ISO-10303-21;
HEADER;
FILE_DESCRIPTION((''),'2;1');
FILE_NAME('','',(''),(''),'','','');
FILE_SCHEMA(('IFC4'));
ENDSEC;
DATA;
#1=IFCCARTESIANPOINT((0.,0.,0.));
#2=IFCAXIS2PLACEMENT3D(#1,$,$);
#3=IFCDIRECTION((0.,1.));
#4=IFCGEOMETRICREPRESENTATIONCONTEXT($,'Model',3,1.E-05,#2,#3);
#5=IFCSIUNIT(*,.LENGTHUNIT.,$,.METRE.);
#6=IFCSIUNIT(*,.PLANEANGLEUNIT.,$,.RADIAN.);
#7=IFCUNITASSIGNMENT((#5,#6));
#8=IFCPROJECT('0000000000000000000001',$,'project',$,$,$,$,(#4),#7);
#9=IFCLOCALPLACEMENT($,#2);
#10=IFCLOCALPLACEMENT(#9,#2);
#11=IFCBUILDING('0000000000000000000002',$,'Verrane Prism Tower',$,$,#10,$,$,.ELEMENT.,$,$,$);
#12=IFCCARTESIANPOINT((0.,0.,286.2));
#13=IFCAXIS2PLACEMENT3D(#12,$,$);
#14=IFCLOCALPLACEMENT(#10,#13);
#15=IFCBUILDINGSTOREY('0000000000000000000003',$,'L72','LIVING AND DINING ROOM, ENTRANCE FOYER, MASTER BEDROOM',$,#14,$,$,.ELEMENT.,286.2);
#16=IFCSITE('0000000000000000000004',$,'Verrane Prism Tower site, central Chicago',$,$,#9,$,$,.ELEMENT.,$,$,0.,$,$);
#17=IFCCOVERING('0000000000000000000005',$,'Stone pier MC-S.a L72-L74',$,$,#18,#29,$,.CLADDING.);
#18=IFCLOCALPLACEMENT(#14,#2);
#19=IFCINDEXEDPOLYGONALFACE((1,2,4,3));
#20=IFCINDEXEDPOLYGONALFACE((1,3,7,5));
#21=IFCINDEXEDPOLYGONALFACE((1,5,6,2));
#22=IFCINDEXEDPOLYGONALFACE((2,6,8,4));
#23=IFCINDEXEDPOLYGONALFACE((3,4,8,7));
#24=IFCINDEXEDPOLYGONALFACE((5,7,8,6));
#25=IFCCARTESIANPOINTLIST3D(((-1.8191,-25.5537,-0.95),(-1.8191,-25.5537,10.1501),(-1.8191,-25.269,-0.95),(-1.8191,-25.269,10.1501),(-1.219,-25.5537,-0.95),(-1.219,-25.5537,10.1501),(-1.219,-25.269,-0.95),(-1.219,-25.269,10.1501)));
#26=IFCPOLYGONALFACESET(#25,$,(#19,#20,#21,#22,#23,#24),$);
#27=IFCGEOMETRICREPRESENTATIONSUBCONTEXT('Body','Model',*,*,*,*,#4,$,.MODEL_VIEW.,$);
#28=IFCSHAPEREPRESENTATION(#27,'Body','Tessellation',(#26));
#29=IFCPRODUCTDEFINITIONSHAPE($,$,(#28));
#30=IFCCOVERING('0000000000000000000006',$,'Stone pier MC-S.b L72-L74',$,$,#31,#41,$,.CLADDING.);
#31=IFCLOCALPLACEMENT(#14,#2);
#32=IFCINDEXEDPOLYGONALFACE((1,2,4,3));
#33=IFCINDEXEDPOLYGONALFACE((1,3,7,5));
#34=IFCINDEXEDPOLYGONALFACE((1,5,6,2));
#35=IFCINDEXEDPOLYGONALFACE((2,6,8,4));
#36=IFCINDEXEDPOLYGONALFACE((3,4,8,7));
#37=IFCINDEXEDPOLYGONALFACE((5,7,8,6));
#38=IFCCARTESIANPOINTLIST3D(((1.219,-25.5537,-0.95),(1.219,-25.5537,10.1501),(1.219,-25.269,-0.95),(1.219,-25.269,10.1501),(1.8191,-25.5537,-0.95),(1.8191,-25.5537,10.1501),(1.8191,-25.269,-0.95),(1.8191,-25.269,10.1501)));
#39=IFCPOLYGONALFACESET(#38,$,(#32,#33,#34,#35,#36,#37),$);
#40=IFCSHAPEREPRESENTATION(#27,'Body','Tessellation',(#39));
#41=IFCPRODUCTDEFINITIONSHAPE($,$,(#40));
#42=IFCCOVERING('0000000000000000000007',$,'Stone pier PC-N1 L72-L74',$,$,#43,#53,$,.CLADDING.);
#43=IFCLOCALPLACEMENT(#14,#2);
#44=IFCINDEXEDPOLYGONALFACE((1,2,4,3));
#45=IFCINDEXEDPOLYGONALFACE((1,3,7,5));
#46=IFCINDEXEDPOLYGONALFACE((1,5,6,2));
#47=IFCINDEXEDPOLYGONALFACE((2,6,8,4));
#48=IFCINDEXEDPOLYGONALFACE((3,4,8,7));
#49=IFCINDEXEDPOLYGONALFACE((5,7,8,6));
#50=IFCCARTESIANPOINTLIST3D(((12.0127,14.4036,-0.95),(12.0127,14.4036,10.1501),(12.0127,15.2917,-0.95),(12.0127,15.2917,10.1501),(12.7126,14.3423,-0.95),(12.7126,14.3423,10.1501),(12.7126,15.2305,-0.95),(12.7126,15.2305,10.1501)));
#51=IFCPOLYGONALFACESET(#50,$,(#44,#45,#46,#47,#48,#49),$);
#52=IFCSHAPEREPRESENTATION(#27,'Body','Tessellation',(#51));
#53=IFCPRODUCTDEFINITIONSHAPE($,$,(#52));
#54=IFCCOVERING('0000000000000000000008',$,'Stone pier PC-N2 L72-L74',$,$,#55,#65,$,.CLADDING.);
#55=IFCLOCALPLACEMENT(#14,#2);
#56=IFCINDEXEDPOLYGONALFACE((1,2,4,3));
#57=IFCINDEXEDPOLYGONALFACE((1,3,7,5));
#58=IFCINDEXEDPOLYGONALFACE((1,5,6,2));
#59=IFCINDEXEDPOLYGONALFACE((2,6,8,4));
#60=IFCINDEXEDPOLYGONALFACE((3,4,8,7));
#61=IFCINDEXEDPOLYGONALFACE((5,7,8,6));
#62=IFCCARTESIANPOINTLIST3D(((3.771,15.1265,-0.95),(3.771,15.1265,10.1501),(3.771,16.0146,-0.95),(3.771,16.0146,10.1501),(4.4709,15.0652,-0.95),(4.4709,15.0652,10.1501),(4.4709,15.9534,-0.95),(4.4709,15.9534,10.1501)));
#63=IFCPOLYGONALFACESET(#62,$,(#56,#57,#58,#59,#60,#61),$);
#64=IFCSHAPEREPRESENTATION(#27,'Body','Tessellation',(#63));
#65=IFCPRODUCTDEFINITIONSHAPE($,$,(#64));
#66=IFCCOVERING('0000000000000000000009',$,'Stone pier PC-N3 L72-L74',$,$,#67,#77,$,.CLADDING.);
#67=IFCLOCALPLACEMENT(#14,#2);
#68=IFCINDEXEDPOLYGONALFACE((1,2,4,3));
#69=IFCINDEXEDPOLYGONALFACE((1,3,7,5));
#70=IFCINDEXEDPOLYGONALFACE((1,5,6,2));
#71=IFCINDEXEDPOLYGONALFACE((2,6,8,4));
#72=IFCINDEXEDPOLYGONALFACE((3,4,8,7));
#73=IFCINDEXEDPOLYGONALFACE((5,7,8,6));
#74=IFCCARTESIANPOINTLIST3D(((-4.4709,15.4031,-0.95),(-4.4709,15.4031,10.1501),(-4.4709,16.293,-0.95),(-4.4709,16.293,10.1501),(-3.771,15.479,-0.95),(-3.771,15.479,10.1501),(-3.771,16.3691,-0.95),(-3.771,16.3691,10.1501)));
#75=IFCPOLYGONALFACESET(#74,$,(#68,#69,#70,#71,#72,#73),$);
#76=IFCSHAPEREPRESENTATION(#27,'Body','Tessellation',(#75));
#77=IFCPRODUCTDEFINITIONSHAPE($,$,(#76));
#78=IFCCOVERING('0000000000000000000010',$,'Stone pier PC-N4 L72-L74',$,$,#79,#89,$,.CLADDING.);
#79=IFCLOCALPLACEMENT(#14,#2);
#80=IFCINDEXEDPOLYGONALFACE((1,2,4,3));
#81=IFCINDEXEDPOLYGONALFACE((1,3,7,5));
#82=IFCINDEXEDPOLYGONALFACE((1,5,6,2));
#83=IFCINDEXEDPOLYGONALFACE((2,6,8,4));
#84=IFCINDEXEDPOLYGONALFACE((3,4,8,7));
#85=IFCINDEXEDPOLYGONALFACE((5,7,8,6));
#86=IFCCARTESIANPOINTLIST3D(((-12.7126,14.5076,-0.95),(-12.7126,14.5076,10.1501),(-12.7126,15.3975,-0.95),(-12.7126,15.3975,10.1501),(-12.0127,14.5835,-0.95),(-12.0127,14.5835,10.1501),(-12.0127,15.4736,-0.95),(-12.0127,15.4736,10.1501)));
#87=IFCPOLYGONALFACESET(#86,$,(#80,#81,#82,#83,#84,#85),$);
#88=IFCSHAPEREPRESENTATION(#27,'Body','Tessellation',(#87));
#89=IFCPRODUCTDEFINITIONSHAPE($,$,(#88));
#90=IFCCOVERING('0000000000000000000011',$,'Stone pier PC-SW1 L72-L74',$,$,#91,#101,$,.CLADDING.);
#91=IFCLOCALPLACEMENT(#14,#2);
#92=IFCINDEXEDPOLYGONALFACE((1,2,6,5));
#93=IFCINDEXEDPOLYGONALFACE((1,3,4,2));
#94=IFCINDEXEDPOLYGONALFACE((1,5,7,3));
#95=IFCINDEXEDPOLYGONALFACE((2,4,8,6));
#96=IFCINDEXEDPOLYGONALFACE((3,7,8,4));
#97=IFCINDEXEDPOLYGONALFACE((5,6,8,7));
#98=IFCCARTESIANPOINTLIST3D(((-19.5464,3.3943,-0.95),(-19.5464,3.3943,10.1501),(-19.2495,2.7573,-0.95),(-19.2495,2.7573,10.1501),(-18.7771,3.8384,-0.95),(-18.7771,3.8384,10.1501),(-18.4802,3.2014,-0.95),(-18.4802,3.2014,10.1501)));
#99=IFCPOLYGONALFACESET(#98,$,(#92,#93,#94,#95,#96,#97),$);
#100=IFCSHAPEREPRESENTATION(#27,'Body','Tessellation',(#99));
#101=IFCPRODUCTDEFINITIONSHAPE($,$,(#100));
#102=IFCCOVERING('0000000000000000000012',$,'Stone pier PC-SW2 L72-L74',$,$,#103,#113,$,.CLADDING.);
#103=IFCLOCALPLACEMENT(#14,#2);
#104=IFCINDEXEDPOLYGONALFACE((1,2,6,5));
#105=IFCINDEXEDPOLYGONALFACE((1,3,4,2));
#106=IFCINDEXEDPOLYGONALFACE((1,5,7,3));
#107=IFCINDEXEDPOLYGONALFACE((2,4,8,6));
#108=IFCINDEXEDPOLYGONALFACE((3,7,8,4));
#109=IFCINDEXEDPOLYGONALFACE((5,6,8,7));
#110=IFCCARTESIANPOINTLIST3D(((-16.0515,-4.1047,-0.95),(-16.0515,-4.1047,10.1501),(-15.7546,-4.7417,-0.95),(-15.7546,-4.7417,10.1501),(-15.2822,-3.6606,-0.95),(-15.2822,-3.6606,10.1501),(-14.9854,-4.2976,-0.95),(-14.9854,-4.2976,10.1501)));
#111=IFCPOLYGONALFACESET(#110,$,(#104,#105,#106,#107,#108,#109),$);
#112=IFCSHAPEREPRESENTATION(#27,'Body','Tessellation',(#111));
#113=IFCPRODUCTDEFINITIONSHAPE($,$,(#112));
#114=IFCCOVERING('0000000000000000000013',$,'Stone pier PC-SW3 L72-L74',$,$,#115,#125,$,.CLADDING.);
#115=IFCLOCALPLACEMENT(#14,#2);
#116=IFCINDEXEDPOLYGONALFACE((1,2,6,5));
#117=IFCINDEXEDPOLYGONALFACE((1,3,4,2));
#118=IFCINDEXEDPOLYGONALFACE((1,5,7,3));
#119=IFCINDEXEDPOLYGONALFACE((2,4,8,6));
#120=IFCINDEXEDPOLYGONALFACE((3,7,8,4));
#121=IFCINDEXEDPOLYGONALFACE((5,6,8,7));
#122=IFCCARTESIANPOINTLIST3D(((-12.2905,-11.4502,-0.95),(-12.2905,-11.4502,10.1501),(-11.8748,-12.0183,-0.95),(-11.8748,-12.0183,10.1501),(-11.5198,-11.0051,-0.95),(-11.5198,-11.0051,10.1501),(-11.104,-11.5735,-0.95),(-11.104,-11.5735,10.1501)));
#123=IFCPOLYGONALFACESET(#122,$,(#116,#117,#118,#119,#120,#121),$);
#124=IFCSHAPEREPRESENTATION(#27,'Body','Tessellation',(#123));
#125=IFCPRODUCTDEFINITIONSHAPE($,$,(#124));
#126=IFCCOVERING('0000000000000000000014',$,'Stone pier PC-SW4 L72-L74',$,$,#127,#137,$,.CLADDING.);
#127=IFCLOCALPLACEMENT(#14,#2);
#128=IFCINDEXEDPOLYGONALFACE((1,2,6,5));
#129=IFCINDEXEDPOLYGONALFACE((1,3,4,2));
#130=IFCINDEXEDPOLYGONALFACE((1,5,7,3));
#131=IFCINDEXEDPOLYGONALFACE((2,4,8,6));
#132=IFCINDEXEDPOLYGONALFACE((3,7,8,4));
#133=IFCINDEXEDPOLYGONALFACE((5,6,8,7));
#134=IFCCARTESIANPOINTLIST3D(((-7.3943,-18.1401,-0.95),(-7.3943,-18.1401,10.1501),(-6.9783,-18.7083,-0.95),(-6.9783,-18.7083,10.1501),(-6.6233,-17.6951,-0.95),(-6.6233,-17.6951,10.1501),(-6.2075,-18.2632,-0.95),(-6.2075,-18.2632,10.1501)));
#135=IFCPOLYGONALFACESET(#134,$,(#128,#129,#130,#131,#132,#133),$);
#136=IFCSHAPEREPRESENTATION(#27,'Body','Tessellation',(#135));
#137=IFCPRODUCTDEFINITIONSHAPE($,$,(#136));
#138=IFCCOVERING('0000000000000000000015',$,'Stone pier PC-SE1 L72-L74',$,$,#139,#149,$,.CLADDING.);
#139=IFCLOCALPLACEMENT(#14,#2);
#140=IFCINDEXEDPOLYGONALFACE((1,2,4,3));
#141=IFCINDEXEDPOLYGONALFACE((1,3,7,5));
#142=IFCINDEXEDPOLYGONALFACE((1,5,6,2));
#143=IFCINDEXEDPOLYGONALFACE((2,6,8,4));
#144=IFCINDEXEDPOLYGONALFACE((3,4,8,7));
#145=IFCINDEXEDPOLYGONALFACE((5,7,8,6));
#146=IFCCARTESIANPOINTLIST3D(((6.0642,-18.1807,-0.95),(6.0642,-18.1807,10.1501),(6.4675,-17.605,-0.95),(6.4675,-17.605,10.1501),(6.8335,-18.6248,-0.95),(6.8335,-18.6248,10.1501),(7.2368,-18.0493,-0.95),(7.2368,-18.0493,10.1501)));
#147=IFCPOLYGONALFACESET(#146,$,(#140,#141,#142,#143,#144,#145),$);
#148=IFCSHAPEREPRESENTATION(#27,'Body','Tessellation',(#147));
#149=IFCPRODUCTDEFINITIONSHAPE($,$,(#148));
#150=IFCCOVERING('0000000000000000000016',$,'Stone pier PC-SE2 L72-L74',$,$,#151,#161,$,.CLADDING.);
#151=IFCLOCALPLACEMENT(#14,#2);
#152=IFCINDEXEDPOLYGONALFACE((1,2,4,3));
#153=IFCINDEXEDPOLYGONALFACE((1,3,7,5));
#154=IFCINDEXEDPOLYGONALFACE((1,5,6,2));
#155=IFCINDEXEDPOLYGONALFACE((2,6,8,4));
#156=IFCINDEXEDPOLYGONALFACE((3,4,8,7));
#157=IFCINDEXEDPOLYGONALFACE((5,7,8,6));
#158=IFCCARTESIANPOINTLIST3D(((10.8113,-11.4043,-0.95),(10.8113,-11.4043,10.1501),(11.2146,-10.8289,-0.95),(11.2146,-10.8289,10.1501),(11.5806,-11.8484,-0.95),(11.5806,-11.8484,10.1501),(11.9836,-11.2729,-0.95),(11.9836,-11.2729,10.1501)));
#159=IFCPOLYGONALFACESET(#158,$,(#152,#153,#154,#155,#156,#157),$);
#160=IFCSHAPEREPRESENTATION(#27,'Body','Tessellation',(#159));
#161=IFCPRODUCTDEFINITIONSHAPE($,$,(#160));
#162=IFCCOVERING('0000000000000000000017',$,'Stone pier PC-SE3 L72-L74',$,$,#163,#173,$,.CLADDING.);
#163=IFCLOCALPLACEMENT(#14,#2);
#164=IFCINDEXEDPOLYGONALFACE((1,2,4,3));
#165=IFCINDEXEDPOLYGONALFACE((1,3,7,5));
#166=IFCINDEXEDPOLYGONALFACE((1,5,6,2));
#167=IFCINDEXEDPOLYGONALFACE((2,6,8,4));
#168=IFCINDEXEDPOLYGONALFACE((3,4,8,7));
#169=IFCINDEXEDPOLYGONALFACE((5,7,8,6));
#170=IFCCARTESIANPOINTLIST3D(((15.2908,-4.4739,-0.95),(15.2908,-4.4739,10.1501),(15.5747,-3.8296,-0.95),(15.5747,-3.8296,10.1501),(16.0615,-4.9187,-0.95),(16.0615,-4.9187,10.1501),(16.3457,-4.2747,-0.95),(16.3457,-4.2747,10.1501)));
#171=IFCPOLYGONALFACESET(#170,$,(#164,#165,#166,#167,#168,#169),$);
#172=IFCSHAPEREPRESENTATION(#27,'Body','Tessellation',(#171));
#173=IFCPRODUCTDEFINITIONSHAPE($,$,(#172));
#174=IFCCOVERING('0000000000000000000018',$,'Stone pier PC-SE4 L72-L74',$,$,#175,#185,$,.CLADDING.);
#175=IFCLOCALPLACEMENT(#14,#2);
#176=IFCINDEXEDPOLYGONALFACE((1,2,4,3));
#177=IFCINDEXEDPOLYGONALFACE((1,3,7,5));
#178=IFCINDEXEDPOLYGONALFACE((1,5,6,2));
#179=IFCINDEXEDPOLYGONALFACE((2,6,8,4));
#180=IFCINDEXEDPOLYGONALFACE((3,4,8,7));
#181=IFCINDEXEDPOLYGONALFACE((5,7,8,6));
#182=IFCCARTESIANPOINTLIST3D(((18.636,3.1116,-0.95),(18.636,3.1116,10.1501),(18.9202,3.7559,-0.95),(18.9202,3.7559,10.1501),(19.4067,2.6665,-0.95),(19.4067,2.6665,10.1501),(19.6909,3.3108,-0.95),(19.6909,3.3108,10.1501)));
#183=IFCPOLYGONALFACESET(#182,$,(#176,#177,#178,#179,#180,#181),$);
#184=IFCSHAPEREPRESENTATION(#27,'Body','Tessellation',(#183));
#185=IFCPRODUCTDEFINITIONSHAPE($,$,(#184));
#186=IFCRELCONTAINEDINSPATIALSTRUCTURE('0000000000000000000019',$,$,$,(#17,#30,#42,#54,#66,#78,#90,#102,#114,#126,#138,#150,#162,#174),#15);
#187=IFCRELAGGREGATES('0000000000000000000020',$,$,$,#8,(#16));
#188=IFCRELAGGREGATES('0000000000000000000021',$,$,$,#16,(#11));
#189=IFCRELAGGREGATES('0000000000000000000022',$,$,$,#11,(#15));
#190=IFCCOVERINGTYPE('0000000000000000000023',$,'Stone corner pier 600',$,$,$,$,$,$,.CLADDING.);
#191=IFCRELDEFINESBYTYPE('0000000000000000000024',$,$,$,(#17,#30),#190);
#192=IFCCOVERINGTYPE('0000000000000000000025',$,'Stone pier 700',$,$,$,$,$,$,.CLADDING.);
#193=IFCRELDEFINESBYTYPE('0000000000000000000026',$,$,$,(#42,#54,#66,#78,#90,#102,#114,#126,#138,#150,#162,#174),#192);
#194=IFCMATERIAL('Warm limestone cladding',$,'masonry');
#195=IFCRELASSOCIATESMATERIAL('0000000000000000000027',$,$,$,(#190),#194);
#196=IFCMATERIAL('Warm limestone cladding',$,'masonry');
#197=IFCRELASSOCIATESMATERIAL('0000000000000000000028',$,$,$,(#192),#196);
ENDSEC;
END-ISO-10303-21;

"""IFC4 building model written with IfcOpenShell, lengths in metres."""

from ifc_helpers import new_model, si_unit, direction, frame, origin, place, context, subcontext, project, spatial, polyline, outline, extrude, material, type_object, element, save


model = new_model("IFC4")

# Units and contexts
model_context = context("Model", 3, precision=1e-05, world=origin(), true_north=direction((0.0, 1.0)))
body_context = subcontext(model_context, "Body", "Model", "MODEL_VIEW")
ifc_project = project(units=[si_unit("LENGTHUNIT", "METRE"), si_unit("PLANEANGLEUNIT", "RADIAN")], contexts=[model_context])

# Site, building, storey
site_placement = place(None, origin())
site = spatial("IfcSite", under=ifc_project, at=site_placement, Name="Verrane Prism Tower site, central Chicago", CompositionType="ELEMENT", RefElevation=0.0)
building_placement = place(site_placement, origin())
building = spatial("IfcBuilding", under=site, at=building_placement, Name="Verrane Prism Tower", CompositionType="ELEMENT")
storey_placement = place(building_placement, frame((0.0, 0.0, 286.2)))
storey = spatial("IfcBuildingStorey", under=building, at=storey_placement, Name="L72", Description="LIVING AND DINING ROOM, ENTRANCE FOYER, MASTER BEDROOM", CompositionType="ELEMENT", Elevation=286.2)

# Coverings
ifc_material_1 = material(Name="Warm limestone cladding", Category="masonry")
covering_type_1 = type_object("IfcCoveringType", Name="Stone corner pier 600", PredefinedType="CLADDING", material=ifc_material_1)
covering_1_placement = place(storey_placement, frame((0.0, 0.0, -0.95)))
element("IfcCovering", 1, at=covering_1_placement, inside=storey, type_object=covering_type_1, Name="Stone pier MC-S.a L72-L74", PredefinedType="CLADDING", context=body_context, shape_type="SweptSolid", body=[
    extrude(outline(polyline([(-1.219, -25.269), (-1.8191, -25.269), (-1.8191, -25.5537), (-1.219, -25.5537), (-1.219, -25.269)])), origin(), (0.0, 0.0, 1.0), 11.1001),
])
covering_2_placement = place(storey_placement, frame((0.0, 0.0, -0.95)))
element("IfcCovering", 2, at=covering_2_placement, inside=storey, type_object=covering_type_1, Name="Stone pier MC-S.b L72-L74", PredefinedType="CLADDING", context=body_context, shape_type="SweptSolid", body=[
    extrude(outline(polyline([(1.8191, -25.269), (1.219, -25.269), (1.219, -25.5537), (1.8191, -25.5537), (1.8191, -25.269)])), origin(), (0.0, 0.0, 1.0), 11.1001),
])
ifc_material_2 = material(Name="Warm limestone cladding", Category="masonry")
covering_type_2 = type_object("IfcCoveringType", Name="Stone pier 700", PredefinedType="CLADDING", material=ifc_material_2)
covering_3_placement = place(storey_placement, frame((0.0, 0.0, -0.95)))
element("IfcCovering", 3, at=covering_3_placement, inside=storey, type_object=covering_type_2, Name="Stone pier PC-N1 L72-L74", PredefinedType="CLADDING", context=body_context, shape_type="SweptSolid", body=[
    extrude(outline(polyline([(12.0127, 15.2917), (12.0127, 14.4036), (12.7126, 14.3423), (12.7126, 15.2305), (12.0127, 15.2917)])), origin(), (0.0, 0.0, 1.0), 11.1001),
])
covering_4_placement = place(storey_placement, frame((0.0, 0.0, -0.95)))
element("IfcCovering", 4, at=covering_4_placement, inside=storey, type_object=covering_type_2, Name="Stone pier PC-N2 L72-L74", PredefinedType="CLADDING", context=body_context, shape_type="SweptSolid", body=[
    extrude(outline(polyline([(3.771, 16.0146), (3.771, 15.1265), (4.4709, 15.0652), (4.4709, 15.9534), (3.771, 16.0146)])), origin(), (0.0, 0.0, 1.0), 11.1001),
])
covering_5_placement = place(storey_placement, frame((0.0, 0.0, -0.95)))
element("IfcCovering", 5, at=covering_5_placement, inside=storey, type_object=covering_type_2, Name="Stone pier PC-N3 L72-L74", PredefinedType="CLADDING", context=body_context, shape_type="SweptSolid", body=[
    extrude(outline(polyline([(-4.4709, 16.293), (-4.4709, 15.4031), (-3.771, 15.479), (-3.771, 16.3691), (-4.4709, 16.293)])), origin(), (0.0, 0.0, 1.0), 11.1001),
])
covering_6_placement = place(storey_placement, frame((0.0, 0.0, -0.95)))
element("IfcCovering", 6, at=covering_6_placement, inside=storey, type_object=covering_type_2, Name="Stone pier PC-N4 L72-L74", PredefinedType="CLADDING", context=body_context, shape_type="SweptSolid", body=[
    extrude(outline(polyline([(-12.7126, 15.3975), (-12.7126, 14.5076), (-12.0127, 14.5835), (-12.0127, 15.4736), (-12.7126, 15.3975)])), origin(), (0.0, 0.0, 1.0), 11.1001),
])
covering_7_placement = place(storey_placement, frame((0.0, 0.0, -0.95)))
element("IfcCovering", 7, at=covering_7_placement, inside=storey, type_object=covering_type_2, Name="Stone pier PC-SW1 L72-L74", PredefinedType="CLADDING", context=body_context, shape_type="SweptSolid", body=[
    extrude(outline(polyline([(-19.2495, 2.7573), (-18.4802, 3.2014), (-18.7771, 3.8384), (-19.5464, 3.3943), (-19.2495, 2.7573)])), origin(), (0.0, 0.0, 1.0), 11.1001),
])
covering_8_placement = place(storey_placement, frame((0.0, 0.0, -0.95)))
element("IfcCovering", 8, at=covering_8_placement, inside=storey, type_object=covering_type_2, Name="Stone pier PC-SW2 L72-L74", PredefinedType="CLADDING", context=body_context, shape_type="SweptSolid", body=[
    extrude(outline(polyline([(-15.7546, -4.7417), (-14.9854, -4.2976), (-15.2822, -3.6606), (-16.0515, -4.1047), (-15.7546, -4.7417)])), origin(), (0.0, 0.0, 1.0), 11.1001),
])
covering_9_placement = place(storey_placement, frame((0.0, 0.0, -0.95)))
element("IfcCovering", 9, at=covering_9_placement, inside=storey, type_object=covering_type_2, Name="Stone pier PC-SW3 L72-L74", PredefinedType="CLADDING", context=body_context, shape_type="SweptSolid", body=[
    extrude(outline(polyline([(-11.8748, -12.0183), (-11.104, -11.5735), (-11.5198, -11.0051), (-12.2905, -11.4502), (-11.8748, -12.0183)])), origin(), (0.0, 0.0, 1.0), 11.1001),
])
covering_10_placement = place(storey_placement, frame((0.0, 0.0, -0.95)))
element("IfcCovering", 10, at=covering_10_placement, inside=storey, type_object=covering_type_2, Name="Stone pier PC-SW4 L72-L74", PredefinedType="CLADDING", context=body_context, shape_type="SweptSolid", body=[
    extrude(outline(polyline([(-6.9783, -18.7083), (-6.2075, -18.2632), (-6.6233, -17.6951), (-7.3943, -18.1401), (-6.9783, -18.7083)])), origin(), (0.0, 0.0, 1.0), 11.1001),
])
covering_11_placement = place(storey_placement, frame((0.0, 0.0, -0.95)))
element("IfcCovering", 11, at=covering_11_placement, inside=storey, type_object=covering_type_2, Name="Stone pier PC-SE1 L72-L74", PredefinedType="CLADDING", context=body_context, shape_type="SweptSolid", body=[
    extrude(outline(polyline([(7.2368, -18.0493), (6.4675, -17.605), (6.0642, -18.1807), (6.8335, -18.6248), (7.2368, -18.0493)])), origin(), (0.0, 0.0, 1.0), 11.1001),
])
covering_12_placement = place(storey_placement, frame((0.0, 0.0, -0.95)))
element("IfcCovering", 12, at=covering_12_placement, inside=storey, type_object=covering_type_2, Name="Stone pier PC-SE2 L72-L74", PredefinedType="CLADDING", context=body_context, shape_type="SweptSolid", body=[
    extrude(outline(polyline([(11.9836, -11.2729), (11.2146, -10.8289), (10.8113, -11.4043), (11.5806, -11.8484), (11.9836, -11.2729)])), origin(), (0.0, 0.0, 1.0), 11.1001),
])
covering_13_placement = place(storey_placement, frame((0.0, 0.0, -0.95)))
element("IfcCovering", 13, at=covering_13_placement, inside=storey, type_object=covering_type_2, Name="Stone pier PC-SE3 L72-L74", PredefinedType="CLADDING", context=body_context, shape_type="SweptSolid", body=[
    extrude(outline(polyline([(16.3457, -4.2747), (15.5747, -3.8296), (15.2908, -4.4739), (16.0615, -4.9187), (16.3457, -4.2747)])), origin(), (0.0, 0.0, 1.0), 11.1001),
])
covering_14_placement = place(storey_placement, frame((0.0, 0.0, -0.95)))
element("IfcCovering", 14, at=covering_14_placement, inside=storey, type_object=covering_type_2, Name="Stone pier PC-SE4 L72-L74", PredefinedType="CLADDING", context=body_context, shape_type="SweptSolid", body=[
    extrude(outline(polyline([(19.6909, 3.3108), (18.9202, 3.7559), (18.636, 3.1116), (19.4067, 2.6665), (19.6909, 3.3108)])), origin(), (0.0, 0.0, 1.0), 11.1001),
])

save(model, "model.ifc")
